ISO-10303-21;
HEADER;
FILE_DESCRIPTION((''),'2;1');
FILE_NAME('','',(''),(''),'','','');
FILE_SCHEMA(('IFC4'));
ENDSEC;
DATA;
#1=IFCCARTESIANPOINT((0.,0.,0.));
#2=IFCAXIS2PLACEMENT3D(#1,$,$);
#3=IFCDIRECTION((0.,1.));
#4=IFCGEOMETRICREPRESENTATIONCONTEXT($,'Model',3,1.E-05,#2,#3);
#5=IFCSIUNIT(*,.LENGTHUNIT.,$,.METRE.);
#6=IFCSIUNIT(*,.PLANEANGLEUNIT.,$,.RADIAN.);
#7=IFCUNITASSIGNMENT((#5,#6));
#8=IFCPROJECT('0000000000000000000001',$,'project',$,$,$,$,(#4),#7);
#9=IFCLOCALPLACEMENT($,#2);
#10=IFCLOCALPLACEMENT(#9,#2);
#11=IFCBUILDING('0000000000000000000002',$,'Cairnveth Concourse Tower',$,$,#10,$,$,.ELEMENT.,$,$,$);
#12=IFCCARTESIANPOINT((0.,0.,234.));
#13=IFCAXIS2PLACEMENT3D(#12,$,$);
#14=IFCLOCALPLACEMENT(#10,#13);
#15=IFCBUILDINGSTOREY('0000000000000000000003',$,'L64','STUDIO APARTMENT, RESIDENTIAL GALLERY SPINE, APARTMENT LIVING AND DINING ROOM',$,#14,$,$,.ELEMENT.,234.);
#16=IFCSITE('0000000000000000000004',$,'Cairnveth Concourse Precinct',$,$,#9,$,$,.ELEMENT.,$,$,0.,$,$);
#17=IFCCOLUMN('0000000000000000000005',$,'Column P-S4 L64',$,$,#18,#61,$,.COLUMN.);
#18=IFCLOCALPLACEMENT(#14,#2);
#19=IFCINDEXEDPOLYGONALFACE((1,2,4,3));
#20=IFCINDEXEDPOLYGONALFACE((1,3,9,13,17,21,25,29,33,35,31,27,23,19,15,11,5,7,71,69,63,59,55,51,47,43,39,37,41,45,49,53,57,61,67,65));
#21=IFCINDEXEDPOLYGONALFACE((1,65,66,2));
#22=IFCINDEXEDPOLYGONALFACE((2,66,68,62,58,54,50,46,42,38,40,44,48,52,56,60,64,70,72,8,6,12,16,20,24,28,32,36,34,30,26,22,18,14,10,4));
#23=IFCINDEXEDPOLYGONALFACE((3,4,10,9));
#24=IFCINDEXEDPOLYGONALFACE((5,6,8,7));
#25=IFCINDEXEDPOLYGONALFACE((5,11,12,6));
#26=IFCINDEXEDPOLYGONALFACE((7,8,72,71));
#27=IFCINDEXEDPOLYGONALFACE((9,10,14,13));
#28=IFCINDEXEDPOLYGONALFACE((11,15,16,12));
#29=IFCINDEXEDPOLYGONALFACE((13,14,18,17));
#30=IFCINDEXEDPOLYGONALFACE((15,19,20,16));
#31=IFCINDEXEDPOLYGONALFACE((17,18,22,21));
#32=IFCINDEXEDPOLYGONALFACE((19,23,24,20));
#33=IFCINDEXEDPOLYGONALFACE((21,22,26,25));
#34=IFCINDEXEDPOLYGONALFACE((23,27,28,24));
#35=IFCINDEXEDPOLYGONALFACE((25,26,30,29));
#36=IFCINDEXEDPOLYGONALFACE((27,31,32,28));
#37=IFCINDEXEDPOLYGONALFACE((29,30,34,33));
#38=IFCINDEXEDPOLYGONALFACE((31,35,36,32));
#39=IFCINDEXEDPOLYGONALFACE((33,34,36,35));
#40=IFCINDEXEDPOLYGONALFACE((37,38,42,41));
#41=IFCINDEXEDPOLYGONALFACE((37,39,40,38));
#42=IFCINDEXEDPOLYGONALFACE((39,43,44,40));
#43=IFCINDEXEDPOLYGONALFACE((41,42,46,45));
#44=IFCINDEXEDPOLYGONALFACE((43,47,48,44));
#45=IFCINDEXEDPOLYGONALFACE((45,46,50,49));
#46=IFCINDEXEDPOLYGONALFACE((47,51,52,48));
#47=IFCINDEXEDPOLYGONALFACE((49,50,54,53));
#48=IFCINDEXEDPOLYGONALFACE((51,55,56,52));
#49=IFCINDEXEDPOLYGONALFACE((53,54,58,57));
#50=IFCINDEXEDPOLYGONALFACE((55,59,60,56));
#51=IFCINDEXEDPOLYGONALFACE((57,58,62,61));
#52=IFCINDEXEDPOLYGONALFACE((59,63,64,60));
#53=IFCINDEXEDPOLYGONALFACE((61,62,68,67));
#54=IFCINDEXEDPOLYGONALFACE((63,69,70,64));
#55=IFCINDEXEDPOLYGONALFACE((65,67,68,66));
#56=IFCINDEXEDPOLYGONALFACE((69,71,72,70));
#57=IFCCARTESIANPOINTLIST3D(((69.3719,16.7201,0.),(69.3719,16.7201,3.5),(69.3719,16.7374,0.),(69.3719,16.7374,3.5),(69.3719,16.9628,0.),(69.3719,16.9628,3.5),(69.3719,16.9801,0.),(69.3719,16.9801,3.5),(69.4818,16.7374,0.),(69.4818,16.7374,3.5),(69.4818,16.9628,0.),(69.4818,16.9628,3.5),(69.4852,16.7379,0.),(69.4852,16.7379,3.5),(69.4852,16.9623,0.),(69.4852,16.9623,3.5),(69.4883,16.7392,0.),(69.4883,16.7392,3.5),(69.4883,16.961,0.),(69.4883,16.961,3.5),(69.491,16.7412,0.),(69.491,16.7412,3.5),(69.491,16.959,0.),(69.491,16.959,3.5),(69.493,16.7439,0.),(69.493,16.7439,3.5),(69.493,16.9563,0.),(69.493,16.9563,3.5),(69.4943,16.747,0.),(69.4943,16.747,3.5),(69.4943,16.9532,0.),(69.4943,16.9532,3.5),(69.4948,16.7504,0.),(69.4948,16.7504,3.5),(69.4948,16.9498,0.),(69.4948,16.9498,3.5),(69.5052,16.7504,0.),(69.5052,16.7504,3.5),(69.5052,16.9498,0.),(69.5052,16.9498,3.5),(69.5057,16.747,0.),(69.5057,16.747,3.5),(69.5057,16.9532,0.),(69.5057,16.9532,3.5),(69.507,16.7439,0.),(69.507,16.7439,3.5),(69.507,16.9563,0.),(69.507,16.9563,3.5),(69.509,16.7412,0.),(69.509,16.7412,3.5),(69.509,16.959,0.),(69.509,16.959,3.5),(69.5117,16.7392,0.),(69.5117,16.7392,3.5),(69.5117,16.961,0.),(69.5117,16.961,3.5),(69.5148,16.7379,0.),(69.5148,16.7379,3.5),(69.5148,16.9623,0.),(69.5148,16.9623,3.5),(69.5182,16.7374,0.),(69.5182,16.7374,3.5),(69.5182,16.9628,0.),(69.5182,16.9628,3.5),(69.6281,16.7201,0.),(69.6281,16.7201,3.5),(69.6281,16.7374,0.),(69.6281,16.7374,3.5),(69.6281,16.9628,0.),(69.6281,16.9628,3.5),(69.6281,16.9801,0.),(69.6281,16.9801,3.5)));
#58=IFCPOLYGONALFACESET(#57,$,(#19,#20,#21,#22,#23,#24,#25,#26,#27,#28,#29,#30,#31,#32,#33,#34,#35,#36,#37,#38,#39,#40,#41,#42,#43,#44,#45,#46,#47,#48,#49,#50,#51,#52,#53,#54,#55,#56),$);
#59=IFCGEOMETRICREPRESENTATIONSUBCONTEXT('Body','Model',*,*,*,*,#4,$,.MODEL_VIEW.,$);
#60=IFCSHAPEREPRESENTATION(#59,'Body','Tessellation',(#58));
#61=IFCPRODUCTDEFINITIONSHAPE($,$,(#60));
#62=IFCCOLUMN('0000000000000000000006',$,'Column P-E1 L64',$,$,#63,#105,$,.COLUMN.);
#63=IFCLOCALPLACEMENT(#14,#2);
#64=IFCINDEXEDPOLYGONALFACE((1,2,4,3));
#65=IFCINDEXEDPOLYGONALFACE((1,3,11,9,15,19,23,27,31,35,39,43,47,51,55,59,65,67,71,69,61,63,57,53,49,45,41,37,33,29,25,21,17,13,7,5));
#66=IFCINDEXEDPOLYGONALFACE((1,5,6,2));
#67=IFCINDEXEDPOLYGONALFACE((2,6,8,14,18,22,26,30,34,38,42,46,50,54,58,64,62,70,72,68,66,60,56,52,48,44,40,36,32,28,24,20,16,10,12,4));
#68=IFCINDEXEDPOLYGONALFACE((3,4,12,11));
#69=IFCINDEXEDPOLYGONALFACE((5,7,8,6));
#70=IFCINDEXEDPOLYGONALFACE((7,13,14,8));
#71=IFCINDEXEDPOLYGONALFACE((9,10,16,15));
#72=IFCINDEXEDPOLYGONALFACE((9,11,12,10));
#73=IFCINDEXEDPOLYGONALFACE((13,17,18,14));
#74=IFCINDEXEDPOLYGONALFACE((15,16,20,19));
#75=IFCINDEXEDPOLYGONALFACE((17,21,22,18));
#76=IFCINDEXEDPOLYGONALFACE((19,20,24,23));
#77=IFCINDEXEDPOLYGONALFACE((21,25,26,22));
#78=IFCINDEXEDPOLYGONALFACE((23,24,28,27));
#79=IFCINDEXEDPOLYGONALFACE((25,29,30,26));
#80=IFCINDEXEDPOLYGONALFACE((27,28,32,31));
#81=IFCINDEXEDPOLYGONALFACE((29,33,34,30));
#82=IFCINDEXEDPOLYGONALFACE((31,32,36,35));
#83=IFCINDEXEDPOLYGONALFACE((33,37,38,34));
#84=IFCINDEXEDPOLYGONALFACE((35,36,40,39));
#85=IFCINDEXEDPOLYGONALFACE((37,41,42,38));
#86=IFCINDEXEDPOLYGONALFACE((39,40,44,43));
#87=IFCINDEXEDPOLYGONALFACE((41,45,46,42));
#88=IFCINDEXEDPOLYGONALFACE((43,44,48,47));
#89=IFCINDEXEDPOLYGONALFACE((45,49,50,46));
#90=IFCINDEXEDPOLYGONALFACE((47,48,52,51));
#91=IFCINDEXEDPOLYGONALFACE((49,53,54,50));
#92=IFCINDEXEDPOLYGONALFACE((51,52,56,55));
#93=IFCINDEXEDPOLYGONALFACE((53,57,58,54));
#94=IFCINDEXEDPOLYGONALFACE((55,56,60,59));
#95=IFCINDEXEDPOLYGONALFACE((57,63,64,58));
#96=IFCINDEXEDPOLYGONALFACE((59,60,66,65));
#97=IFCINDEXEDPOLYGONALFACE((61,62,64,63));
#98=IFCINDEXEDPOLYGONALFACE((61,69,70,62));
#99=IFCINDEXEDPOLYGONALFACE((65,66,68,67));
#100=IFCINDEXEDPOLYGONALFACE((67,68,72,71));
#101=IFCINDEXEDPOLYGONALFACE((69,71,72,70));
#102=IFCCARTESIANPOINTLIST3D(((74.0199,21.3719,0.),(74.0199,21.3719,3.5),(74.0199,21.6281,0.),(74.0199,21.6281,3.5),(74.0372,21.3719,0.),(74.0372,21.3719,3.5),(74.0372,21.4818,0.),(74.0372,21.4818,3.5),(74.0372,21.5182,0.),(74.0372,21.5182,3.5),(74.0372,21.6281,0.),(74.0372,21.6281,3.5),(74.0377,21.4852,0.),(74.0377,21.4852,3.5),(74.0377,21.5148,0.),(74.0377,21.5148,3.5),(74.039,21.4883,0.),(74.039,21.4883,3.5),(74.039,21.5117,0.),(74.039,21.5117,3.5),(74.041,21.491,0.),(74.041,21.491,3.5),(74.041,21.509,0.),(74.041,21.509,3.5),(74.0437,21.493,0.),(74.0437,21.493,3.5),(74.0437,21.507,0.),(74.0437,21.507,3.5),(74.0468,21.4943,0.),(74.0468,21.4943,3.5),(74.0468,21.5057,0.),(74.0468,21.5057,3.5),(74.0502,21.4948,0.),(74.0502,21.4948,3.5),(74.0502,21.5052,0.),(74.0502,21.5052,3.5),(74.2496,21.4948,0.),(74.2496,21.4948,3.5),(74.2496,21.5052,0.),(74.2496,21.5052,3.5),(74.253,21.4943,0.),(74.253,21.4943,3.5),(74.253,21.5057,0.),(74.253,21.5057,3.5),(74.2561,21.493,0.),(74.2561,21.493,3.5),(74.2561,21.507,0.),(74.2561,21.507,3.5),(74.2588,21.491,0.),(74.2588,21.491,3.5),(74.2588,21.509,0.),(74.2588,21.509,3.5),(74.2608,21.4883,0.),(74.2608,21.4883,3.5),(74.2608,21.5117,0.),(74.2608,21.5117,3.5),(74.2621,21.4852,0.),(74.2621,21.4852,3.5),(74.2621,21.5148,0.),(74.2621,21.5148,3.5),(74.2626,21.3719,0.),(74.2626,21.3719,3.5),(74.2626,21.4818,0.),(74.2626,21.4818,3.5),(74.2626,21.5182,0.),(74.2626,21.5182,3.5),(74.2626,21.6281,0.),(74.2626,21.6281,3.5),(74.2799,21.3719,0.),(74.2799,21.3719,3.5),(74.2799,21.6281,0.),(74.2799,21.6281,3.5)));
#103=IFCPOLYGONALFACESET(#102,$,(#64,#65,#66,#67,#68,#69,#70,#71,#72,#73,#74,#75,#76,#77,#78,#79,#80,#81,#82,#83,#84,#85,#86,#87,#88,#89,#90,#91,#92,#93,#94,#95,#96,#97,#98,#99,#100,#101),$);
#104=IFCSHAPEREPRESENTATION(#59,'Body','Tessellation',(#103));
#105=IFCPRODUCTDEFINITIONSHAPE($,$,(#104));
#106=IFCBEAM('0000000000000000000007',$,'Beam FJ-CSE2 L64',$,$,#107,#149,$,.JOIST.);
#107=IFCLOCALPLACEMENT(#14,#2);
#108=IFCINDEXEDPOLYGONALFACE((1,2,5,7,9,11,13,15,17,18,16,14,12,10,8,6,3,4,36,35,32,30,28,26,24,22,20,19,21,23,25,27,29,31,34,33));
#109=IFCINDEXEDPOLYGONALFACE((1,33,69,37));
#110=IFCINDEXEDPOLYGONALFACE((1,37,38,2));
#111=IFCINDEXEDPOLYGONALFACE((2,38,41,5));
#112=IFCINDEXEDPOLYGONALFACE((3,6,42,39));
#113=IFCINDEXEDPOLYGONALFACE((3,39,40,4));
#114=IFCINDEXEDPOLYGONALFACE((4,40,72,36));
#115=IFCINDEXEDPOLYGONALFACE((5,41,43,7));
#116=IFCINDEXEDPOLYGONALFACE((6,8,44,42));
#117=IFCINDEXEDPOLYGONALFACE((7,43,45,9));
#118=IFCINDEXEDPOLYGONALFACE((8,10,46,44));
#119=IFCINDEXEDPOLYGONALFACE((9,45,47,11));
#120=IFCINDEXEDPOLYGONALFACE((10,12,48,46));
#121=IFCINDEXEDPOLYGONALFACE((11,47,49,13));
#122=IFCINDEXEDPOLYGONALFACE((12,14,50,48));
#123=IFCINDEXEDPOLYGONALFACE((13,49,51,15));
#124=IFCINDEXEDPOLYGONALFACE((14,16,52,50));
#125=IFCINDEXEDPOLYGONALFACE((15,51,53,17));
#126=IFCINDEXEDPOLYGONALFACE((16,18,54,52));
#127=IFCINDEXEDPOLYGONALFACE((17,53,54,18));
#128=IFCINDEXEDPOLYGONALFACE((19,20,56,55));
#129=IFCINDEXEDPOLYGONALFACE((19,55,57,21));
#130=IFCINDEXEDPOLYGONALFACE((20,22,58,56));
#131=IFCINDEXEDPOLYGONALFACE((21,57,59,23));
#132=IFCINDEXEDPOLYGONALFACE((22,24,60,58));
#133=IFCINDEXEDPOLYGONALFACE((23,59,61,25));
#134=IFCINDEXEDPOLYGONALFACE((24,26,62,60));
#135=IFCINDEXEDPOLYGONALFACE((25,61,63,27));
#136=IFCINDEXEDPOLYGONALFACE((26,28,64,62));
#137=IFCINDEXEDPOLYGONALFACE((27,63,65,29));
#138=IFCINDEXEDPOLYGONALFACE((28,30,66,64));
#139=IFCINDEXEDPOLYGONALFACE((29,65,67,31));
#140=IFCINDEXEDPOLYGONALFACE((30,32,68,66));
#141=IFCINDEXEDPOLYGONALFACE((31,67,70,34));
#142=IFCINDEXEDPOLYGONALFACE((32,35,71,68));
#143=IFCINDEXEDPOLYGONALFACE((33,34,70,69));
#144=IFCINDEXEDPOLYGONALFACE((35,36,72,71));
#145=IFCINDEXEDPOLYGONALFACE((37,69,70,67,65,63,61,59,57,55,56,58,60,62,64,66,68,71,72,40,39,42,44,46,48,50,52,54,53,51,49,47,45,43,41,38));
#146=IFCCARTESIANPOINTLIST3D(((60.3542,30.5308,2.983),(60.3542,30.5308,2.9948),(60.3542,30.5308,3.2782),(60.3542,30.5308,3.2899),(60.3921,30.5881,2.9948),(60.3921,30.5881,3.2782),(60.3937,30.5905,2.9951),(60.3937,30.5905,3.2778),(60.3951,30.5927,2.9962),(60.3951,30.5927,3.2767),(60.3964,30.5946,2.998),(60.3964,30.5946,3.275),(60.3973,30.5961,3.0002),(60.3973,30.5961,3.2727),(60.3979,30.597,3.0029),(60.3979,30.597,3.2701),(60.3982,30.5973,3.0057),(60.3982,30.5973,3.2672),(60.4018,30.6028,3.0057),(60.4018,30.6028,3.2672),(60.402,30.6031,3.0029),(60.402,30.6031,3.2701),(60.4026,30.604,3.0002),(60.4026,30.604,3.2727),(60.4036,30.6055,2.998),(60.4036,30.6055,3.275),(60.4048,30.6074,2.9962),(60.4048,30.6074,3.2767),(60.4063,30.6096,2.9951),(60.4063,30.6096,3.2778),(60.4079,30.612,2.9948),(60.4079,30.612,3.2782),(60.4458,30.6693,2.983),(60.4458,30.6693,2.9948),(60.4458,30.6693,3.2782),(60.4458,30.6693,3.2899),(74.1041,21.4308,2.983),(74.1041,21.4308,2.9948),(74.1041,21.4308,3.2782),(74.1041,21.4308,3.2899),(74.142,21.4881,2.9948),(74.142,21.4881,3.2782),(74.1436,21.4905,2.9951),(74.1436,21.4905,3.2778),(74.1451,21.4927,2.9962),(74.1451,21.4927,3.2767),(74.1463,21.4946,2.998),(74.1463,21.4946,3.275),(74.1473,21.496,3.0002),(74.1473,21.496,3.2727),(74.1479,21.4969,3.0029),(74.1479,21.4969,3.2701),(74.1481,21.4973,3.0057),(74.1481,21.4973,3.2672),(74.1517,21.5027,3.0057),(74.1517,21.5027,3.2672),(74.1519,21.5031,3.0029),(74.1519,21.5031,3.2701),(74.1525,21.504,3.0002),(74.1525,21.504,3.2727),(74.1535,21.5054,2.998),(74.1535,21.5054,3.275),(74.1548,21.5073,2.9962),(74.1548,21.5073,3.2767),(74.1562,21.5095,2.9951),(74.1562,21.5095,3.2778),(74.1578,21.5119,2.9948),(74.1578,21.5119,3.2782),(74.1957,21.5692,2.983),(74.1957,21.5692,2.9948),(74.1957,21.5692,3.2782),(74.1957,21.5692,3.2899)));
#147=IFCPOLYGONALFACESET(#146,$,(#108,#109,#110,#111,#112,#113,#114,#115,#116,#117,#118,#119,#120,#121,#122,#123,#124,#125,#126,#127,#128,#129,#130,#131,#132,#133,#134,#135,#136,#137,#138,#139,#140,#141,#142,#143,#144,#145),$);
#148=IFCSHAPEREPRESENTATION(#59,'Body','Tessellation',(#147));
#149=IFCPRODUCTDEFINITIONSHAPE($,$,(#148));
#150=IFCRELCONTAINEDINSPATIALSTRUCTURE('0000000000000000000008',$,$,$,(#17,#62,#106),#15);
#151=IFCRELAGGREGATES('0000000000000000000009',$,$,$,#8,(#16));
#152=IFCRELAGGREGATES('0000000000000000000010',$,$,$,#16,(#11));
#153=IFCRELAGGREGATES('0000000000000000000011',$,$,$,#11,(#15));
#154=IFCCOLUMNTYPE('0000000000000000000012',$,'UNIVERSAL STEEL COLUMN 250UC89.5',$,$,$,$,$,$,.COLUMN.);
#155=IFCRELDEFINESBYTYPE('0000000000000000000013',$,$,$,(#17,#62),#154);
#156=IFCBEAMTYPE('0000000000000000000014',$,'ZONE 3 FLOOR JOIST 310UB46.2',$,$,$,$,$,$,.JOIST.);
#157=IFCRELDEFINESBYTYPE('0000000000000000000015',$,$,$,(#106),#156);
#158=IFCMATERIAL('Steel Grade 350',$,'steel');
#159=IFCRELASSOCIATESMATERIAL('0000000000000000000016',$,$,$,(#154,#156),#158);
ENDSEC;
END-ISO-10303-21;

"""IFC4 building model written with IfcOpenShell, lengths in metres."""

from ifc_helpers import new_model, si_unit, direction, frame, origin, origin_2d, place, context, subcontext, project, spatial, i_section, extrude, material, material_profile, profile_set, type_object, element, save


model = new_model("IFC4")

# Units and contexts
model_context = context("Model", 3, precision=1e-05, world=origin(), true_north=direction((0.0, 1.0)))
body_context = subcontext(model_context, "Body", "Model", "MODEL_VIEW")
ifc_project = project(units=[si_unit("LENGTHUNIT", "METRE"), si_unit("PLANEANGLEUNIT", "RADIAN")], contexts=[model_context])

# Site, building, storey
site_placement = place(None, origin())
site = spatial("IfcSite", under=ifc_project, at=site_placement, Name="Cairnveth Concourse Precinct", CompositionType="ELEMENT", RefElevation=0.0)
building_placement = place(site_placement, origin())
building = spatial("IfcBuilding", under=site, at=building_placement, Name="Cairnveth Concourse Tower", CompositionType="ELEMENT")
storey_placement = place(building_placement, frame((0.0, 0.0, 234.0)))
storey = spatial("IfcBuildingStorey", under=building, at=storey_placement, Name="L64", Description="STUDIO APARTMENT, RESIDENTIAL GALLERY SPINE, APARTMENT LIVING AND DINING ROOM", CompositionType="ELEMENT", Elevation=234.0)

# Columns
ifc_material_1 = material(Name="Steel Grade 350", Category="steel")
ifc_material_profile_1 = material_profile(ifc_material_1, i_section(OverallWidth=0.2561, OverallDepth=0.26, WebThickness=0.0105, FlangeThickness=0.0173, FilletRadius=0.0129, at=origin_2d()), Name="250UC89.5")
ifc_profile_set_1 = profile_set([ifc_material_profile_1], Name="Steel Grade 350")
column_type = type_object("IfcColumnType", Name="UNIVERSAL STEEL COLUMN 250UC89.5", PredefinedType="COLUMN", material=ifc_profile_set_1)
for number, where, z_axis, x_axis, name in (
    (1, (69.5, 16.8501, 0.0), (0.0, 0.0, 1.0), (1.0, 0.0, 0.0), "Column P-S4 L64"),
    (2, (74.1499, 21.5, 0.0), (0.0, 0.0, 1.0), (0.0, 1.0, 0.0), "Column P-E1 L64"),
):
    element("IfcColumn", number, at=place(storey_placement, frame(where, z_axis=z_axis, x_axis=x_axis)), inside=storey, type_object=column_type, Name=name, PredefinedType="COLUMN", context=body_context, shape_type="SweptSolid", body=[
        extrude(i_section(OverallWidth=0.2561, OverallDepth=0.26, WebThickness=0.0105, FlangeThickness=0.0173, FilletRadius=0.0129, at=origin_2d()), origin(), (0.0, 0.0, 1.0), 3.5),
    ])

# Beam
ifc_material_profile_2 = material_profile(ifc_material_1, i_section(OverallWidth=0.166, OverallDepth=0.3069, WebThickness=0.0066, FlangeThickness=0.0117, FilletRadius=0.011, at=origin_2d()), Name="310UB46.2")
ifc_profile_set_2 = profile_set([ifc_material_profile_2], Name="Steel Grade 350")
beam_type_1 = type_object("IfcBeamType", Name="ZONE 3 FLOOR JOIST 310UB46.2", PredefinedType="JOIST", material=ifc_profile_set_2)
beam_1_placement = place(storey_placement, frame((74.1499, 21.5, 3.1365), z_axis=(-0.833909, 0.551902, 0.0), x_axis=(-0.551902, -0.833909, 0.0)))
element("IfcBeam", 3, at=beam_1_placement, inside=storey, type_object=beam_type_1, Name="Beam FJ-CSE2 L64", PredefinedType="JOIST", context=body_context, shape_type="SweptSolid", body=[
    extrude(i_section(OverallWidth=0.166, OverallDepth=0.3069, WebThickness=0.0066, FlangeThickness=0.0117, FilletRadius=0.011, at=origin_2d()), origin(), (0.0, 0.0, 1.0), 16.4885),
])

save(model, "model.ifc")
